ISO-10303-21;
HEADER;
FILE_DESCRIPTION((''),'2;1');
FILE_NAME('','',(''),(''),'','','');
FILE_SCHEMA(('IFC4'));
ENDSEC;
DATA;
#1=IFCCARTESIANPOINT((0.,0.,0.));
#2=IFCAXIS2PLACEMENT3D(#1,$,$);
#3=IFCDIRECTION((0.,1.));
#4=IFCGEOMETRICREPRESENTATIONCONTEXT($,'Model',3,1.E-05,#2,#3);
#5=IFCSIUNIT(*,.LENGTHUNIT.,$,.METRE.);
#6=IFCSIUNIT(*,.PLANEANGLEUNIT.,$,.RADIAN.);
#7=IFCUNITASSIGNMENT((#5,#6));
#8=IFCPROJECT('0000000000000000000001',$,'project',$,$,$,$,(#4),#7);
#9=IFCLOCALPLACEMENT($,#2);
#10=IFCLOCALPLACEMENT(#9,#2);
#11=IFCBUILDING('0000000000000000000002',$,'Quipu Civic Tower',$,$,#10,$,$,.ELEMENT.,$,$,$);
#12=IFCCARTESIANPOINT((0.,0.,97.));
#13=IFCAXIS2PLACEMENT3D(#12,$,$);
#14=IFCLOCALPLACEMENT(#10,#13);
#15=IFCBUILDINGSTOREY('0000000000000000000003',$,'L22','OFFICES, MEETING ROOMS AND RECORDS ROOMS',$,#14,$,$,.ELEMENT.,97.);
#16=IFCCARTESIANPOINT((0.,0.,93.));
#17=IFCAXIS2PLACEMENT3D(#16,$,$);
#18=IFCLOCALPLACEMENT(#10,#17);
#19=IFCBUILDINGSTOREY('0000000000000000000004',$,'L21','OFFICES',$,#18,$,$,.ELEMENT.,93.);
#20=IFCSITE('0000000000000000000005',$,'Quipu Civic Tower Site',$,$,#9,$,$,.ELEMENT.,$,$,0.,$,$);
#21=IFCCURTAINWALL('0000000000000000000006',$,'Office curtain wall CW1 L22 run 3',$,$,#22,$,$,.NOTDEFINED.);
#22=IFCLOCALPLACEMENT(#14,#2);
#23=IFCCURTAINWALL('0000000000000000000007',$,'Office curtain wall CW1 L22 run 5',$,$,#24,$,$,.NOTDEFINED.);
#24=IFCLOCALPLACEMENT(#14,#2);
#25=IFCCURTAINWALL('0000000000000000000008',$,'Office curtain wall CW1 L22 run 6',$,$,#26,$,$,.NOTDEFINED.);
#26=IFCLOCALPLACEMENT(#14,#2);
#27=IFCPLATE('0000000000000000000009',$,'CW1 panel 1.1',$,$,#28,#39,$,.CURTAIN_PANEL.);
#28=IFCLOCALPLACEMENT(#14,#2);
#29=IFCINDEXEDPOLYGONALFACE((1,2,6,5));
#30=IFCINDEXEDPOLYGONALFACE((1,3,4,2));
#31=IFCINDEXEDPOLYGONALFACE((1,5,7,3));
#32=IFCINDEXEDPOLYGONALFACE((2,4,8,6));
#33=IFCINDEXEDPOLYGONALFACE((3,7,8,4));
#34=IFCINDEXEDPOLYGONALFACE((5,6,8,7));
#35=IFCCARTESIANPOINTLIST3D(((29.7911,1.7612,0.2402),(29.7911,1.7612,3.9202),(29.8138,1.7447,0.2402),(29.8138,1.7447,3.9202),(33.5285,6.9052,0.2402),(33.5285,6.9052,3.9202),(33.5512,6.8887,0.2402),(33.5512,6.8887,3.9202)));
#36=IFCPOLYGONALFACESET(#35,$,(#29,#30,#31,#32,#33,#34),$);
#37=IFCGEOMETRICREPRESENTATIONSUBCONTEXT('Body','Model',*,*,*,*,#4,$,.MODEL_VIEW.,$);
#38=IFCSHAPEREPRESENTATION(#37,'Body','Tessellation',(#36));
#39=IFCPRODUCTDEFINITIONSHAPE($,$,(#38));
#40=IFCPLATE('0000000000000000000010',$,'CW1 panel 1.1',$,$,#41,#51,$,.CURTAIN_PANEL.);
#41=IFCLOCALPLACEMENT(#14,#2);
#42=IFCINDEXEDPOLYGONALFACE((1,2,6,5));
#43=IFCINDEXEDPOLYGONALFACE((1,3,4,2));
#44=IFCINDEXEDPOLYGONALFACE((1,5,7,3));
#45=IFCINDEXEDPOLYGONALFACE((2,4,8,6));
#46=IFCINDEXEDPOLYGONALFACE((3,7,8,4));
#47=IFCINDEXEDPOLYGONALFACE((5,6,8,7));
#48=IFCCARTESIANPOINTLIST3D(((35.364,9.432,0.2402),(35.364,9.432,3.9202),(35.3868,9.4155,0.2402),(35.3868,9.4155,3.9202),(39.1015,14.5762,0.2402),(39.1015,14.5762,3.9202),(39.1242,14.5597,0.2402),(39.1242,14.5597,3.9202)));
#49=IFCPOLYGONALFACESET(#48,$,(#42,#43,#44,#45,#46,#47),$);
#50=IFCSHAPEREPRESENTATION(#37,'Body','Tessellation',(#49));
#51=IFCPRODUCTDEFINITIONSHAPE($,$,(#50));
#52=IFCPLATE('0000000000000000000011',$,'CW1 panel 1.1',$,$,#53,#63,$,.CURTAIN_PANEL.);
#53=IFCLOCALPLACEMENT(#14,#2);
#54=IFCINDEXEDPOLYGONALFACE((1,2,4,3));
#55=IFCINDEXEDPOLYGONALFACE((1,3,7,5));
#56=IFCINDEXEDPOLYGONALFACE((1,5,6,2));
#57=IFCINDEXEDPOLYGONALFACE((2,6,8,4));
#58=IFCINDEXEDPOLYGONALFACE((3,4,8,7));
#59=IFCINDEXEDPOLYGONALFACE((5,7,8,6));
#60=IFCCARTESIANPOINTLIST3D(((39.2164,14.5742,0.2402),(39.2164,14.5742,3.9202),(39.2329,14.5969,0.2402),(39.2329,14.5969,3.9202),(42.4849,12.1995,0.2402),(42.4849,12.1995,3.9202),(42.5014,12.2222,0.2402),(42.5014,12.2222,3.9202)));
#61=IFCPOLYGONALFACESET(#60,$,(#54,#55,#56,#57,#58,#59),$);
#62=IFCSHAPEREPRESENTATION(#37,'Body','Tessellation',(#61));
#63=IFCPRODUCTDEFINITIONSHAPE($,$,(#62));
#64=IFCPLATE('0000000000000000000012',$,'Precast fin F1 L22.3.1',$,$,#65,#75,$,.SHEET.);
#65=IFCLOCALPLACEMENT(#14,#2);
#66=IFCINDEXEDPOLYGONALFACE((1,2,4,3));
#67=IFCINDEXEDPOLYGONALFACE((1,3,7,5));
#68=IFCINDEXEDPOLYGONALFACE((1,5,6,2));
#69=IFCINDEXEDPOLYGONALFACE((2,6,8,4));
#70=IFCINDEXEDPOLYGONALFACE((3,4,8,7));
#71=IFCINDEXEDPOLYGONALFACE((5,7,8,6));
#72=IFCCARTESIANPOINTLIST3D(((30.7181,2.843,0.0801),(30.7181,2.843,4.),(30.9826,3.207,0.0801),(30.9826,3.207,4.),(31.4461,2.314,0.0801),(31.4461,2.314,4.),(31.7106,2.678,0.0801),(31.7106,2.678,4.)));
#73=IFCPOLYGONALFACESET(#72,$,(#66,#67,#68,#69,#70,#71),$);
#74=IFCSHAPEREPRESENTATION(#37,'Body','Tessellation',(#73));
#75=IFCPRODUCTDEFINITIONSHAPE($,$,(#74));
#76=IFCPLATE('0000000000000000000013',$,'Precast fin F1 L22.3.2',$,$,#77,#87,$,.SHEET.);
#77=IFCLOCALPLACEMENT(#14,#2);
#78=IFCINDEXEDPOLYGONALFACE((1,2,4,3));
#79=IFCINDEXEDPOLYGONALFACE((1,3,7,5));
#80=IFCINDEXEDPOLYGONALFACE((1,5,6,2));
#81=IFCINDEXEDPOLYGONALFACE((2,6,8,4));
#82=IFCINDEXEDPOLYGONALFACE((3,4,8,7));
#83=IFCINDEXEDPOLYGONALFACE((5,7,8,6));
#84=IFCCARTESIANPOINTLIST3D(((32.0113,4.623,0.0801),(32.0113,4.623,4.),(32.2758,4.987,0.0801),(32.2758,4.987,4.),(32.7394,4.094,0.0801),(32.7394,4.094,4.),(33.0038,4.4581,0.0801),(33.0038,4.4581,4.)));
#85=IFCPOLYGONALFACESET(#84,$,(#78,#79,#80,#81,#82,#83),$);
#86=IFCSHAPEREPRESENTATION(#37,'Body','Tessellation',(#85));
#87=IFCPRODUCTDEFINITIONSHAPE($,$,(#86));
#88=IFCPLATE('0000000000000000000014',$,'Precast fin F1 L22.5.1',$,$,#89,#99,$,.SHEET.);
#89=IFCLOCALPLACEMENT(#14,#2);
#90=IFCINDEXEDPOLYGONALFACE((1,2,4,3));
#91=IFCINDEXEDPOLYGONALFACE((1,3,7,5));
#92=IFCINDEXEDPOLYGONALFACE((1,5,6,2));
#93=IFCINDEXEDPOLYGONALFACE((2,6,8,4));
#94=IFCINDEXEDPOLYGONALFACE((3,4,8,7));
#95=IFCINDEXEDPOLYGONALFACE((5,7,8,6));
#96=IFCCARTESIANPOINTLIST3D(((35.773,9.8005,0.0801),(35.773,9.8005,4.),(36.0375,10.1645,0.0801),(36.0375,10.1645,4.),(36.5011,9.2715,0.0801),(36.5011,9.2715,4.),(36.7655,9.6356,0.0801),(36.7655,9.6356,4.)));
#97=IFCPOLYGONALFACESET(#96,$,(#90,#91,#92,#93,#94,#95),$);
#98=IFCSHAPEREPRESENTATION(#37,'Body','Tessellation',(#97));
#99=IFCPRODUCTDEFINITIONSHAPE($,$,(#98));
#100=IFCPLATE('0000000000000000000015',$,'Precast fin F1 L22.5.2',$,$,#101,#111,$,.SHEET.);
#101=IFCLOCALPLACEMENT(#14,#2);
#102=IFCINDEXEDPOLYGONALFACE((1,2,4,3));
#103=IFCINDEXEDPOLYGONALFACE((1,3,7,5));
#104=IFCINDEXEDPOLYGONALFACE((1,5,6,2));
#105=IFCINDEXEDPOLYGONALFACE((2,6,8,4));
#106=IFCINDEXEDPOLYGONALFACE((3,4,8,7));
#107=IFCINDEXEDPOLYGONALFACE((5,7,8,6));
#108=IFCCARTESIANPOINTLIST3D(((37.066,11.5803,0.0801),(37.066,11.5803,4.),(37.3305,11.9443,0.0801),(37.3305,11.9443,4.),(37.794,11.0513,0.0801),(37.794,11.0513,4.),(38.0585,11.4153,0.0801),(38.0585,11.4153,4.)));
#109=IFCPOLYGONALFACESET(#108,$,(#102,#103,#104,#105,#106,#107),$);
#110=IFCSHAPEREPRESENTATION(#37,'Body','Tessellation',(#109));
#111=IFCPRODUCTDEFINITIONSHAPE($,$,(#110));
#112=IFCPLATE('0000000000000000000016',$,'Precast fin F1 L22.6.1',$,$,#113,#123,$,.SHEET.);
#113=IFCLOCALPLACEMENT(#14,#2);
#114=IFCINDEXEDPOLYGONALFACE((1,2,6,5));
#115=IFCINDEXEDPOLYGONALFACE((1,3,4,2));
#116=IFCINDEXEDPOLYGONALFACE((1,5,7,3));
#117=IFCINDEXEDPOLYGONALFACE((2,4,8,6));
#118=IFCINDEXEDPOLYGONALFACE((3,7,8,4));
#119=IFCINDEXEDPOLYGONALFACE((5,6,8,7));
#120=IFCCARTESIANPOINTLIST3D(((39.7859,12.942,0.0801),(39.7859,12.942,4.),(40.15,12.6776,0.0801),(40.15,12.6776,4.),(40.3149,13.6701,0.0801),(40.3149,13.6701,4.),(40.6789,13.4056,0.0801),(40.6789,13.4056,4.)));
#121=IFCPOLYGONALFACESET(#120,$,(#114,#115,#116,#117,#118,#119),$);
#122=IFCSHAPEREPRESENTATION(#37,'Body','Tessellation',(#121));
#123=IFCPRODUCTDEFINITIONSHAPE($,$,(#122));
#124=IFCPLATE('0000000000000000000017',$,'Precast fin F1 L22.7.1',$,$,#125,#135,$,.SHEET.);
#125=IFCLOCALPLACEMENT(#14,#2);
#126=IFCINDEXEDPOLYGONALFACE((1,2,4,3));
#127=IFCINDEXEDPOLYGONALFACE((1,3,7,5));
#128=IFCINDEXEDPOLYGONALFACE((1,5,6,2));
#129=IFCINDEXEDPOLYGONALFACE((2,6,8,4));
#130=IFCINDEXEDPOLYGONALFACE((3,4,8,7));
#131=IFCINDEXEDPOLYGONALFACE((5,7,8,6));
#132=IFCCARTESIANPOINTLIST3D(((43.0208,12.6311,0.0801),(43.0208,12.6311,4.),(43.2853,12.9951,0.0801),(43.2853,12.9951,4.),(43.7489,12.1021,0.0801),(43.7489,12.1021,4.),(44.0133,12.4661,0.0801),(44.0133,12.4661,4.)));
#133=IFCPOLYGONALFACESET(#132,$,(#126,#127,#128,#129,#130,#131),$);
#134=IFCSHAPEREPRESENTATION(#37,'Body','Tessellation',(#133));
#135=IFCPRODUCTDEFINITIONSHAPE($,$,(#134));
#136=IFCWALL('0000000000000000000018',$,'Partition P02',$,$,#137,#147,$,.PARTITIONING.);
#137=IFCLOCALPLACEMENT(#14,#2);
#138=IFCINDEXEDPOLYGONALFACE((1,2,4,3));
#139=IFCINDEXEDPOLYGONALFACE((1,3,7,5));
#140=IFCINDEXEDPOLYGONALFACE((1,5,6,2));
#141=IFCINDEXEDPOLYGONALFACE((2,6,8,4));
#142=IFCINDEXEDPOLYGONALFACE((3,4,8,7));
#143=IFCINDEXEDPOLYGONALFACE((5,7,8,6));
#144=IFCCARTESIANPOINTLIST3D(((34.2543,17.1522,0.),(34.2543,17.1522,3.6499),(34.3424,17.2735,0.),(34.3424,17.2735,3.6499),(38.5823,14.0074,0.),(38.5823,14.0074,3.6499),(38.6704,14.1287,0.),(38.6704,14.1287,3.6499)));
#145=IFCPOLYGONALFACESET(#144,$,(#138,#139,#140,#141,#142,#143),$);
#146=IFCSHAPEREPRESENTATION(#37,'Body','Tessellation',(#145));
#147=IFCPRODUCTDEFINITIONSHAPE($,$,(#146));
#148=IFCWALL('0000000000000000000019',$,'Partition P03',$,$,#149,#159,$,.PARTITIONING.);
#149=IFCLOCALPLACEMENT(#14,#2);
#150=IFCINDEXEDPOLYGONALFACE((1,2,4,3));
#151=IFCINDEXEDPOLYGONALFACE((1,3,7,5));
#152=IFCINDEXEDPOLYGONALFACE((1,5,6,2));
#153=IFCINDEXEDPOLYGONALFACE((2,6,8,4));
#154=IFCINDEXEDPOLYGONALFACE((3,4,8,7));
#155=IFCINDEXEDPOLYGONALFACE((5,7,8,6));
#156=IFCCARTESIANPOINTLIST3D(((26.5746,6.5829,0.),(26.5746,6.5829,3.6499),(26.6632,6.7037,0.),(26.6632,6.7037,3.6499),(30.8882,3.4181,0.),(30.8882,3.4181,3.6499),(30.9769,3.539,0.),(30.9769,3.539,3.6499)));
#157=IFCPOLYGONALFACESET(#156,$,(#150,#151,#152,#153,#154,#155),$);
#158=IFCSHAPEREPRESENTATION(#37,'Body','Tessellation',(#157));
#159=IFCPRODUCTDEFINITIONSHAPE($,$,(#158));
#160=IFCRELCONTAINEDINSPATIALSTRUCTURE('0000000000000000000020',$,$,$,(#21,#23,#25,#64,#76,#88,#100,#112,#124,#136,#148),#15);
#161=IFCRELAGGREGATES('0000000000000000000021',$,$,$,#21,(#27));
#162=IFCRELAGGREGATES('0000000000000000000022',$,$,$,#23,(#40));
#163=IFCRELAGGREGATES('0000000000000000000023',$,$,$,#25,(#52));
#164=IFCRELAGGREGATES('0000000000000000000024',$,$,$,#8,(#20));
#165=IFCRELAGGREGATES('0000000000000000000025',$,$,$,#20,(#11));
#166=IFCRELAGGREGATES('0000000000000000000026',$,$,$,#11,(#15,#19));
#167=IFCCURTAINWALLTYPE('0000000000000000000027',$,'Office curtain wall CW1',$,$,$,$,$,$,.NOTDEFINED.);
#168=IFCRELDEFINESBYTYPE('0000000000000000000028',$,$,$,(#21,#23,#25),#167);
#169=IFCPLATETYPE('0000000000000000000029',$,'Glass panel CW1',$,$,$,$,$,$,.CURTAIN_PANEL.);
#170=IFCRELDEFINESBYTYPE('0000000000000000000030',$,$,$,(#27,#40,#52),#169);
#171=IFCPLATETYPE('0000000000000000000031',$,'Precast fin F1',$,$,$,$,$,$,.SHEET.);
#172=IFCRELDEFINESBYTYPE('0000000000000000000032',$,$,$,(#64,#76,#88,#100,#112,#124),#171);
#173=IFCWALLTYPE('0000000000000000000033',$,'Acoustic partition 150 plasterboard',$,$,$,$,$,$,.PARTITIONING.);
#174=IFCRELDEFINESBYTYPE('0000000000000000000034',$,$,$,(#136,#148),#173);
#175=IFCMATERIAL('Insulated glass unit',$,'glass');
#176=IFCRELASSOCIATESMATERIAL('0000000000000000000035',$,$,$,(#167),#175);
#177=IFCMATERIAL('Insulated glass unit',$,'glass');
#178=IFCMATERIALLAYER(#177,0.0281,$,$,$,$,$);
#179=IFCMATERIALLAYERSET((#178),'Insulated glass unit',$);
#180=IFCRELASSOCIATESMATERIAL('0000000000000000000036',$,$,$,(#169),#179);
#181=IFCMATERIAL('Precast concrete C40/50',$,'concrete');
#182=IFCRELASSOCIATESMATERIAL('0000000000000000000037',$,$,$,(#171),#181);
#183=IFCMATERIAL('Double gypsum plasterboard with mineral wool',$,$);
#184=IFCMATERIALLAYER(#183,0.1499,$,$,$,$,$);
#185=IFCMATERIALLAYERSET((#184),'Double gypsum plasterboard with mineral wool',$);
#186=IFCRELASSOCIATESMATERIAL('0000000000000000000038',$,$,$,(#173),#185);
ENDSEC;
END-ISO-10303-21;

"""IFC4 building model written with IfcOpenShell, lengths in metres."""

from ifc_helpers import new_model, si_unit, direction, frame, frame_2d, origin, origin_2d, place, context, subcontext, project, spatial, rectangle, extrude, material, layer, layer_set, type_object, element, aggregate, save


model = new_model("IFC4")

# Units and contexts
model_context = context("Model", 3, precision=1e-05, world=origin(), true_north=direction((0.0, 1.0)))
body_context = subcontext(model_context, "Body", "Model", "MODEL_VIEW")
ifc_project = project(units=[si_unit("LENGTHUNIT", "METRE"), si_unit("PLANEANGLEUNIT", "RADIAN")], contexts=[model_context])

# Site, building, storey
site_placement = place(None, origin())
site = spatial("IfcSite", under=ifc_project, at=site_placement, Name="Quipu Civic Tower Site", CompositionType="ELEMENT", RefElevation=0.0)
building_placement = place(site_placement, origin())
building = spatial("IfcBuilding", under=site, at=building_placement, Name="Quipu Civic Tower", CompositionType="ELEMENT")
storey_1_placement = place(building_placement, frame((0.0, 0.0, 97.0)))
storey_1 = spatial("IfcBuildingStorey", under=building, at=storey_1_placement, Name="L22", Description="OFFICES, MEETING ROOMS AND RECORDS ROOMS", CompositionType="ELEMENT", Elevation=97.0)

# Curtain walls
ifc_material_1 = material(Name="Insulated glass unit", Category="glass")
curtain_wall_type = type_object("IfcCurtainWallType", Name="Office curtain wall CW1", PredefinedType="NOTDEFINED", material=ifc_material_1)
curtain_wall_1_placement = place(storey_1_placement, origin())
curtain_wall_1 = element("IfcCurtainWall", 1, at=curtain_wall_1_placement, inside=storey_1, type_object=curtain_wall_type, Name="Office curtain wall CW1 L22 run 3", PredefinedType="NOTDEFINED")
curtain_wall_2_placement = place(storey_1_placement, origin())
curtain_wall_2 = element("IfcCurtainWall", 2, at=curtain_wall_2_placement, inside=storey_1, type_object=curtain_wall_type, Name="Office curtain wall CW1 L22 run 5", PredefinedType="NOTDEFINED")
curtain_wall_3_placement = place(storey_1_placement, origin())
curtain_wall_3 = element("IfcCurtainWall", 3, at=curtain_wall_3_placement, inside=storey_1, type_object=curtain_wall_type, Name="Office curtain wall CW1 L22 run 6", PredefinedType="NOTDEFINED")

# Shared definitions
storey_2_placement = place(building_placement, frame((0.0, 0.0, 93.0)))
storey_2 = spatial("IfcBuildingStorey", under=building, at=storey_2_placement, Name="L21", Description="OFFICES", CompositionType="ELEMENT", Elevation=93.0)

# Plates
ifc_material_2 = material(Name="Insulated glass unit", Category="glass")
ifc_layer_1 = layer(ifc_material_2, 0.0281)
ifc_layer_set_1 = layer_set([ifc_layer_1], Name="Insulated glass unit")
plate_type_1 = type_object("IfcPlateType", Name="Glass panel CW1", PredefinedType="CURTAIN_PANEL", material=ifc_layer_set_1)
plate_1_placement = place(storey_1_placement, frame((31.6711, 4.325, 0.2402), z_axis=(0.0, 0.0, 1.0), x_axis=(0.587783, 0.809019, 0.0)))
plate_1 = element("IfcPlate", 4, at=plate_1_placement, type_object=plate_type_1, Name="CW1 panel 1.1", PredefinedType="CURTAIN_PANEL", context=body_context, shape_type="SweptSolid", body=[
    extrude(rectangle(XDim=6.3584, YDim=0.0281, at=origin_2d()), origin(), (0.0, 0.0, 1.0), 3.6799),
])
aggregate(curtain_wall_1, [plate_1])
plate_2_placement = place(storey_1_placement, frame((37.2441, 11.9958, 0.2402), z_axis=(0.0, 0.0, 1.0), x_axis=(0.587778, 0.809022, 0.0)))
plate_2 = element("IfcPlate", 5, at=plate_2_placement, type_object=plate_type_1, Name="CW1 panel 1.1", PredefinedType="CURTAIN_PANEL", context=body_context, shape_type="SweptSolid", body=[
    extrude(rectangle(XDim=6.3586, YDim=0.0281, at=origin_2d()), origin(), (0.0, 0.0, 1.0), 3.6799),
])
aggregate(curtain_wall_2, [plate_2])
plate_3_placement = place(storey_1_placement, frame((40.8589, 13.3982, 0.2402), z_axis=(0.0, 0.0, 1.0), x_axis=(0.809019, -0.587782, 0.0)))
plate_3 = element("IfcPlate", 6, at=plate_3_placement, type_object=plate_type_1, Name="CW1 panel 1.1", PredefinedType="CURTAIN_PANEL", context=body_context, shape_type="SweptSolid", body=[
    extrude(rectangle(XDim=4.04, YDim=0.0281, at=origin_2d()), origin(), (0.0, 0.0, 1.0), 3.6799),
])
aggregate(curtain_wall_3, [plate_3])

# Plates
ifc_material_3 = material(Name="Precast concrete C40/50", Category="concrete")
plate_type_2 = type_object("IfcPlateType", Name="Precast fin F1", PredefinedType="SHEET", material=ifc_material_3)
for number, where, z_axis, x_axis, name in (
    (7, (31.2144, 2.7605, 0.0801), (0.0, 0.0, 1.0), (0.587784, 0.809018, 0.0), "Precast fin F1 L22.3.1"),
    (8, (32.5076, 4.5405, 0.0801), (0.0, 0.0, 1.0), (0.587784, 0.809018, 0.0), "Precast fin F1 L22.3.2"),
    (9, (36.2693, 9.718, 0.0801), (0.0, 0.0, 1.0), (0.587784, 0.809018, 0.0), "Precast fin F1 L22.5.1"),
    (10, (37.5623, 11.4978, 0.0801), (0.0, 0.0, 1.0), (0.587784, 0.809018, 0.0), "Precast fin F1 L22.5.2"),
    (11, (40.2324, 13.1738, 0.0801), (0.0, 0.0, 1.0), (0.809019, -0.587782, 0.0), "Precast fin F1 L22.6.1"),
    (12, (43.5171, 12.5486, 0.0801), (0.0, 0.0, 1.0), (0.587788, 0.809015, 0.0), "Precast fin F1 L22.7.1"),
):
    element("IfcPlate", number, at=place(storey_1_placement, frame(where, z_axis=z_axis, x_axis=x_axis)), inside=storey_1, type_object=plate_type_2, Name=name, PredefinedType="SHEET", context=body_context, shape_type="SweptSolid", body=[
        extrude(rectangle(XDim=0.45, YDim=0.8999, at=origin_2d()), origin(), (0.0, 0.0, 1.0), 3.9199),
    ])

# Walls
ifc_material_4 = material(Name="Double gypsum plasterboard with mineral wool")
ifc_layer_2 = layer(ifc_material_4, 0.1499)
ifc_layer_set_2 = layer_set([ifc_layer_2], Name="Double gypsum plasterboard with mineral wool")
wall_type_1 = type_object("IfcWallType", Name="Acoustic partition 150 plasterboard", PredefinedType="PARTITIONING", material=ifc_layer_set_2)
wall_1_placement = place(storey_1_placement, frame((38.6262, 14.0681, 0.0), z_axis=(0.0, 0.0, 1.0), x_axis=(-0.808983, 0.587832, 0.0)))
element("IfcWall", 13, at=wall_1_placement, inside=storey_1, type_object=wall_type_1, Name="Partition P02", PredefinedType="PARTITIONING", context=body_context, shape_type="SweptSolid", body=[
    extrude(rectangle(XDim=5.3499, YDim=0.1499, at=frame_2d((2.6748, 0.0))), origin(), (0.0, 0.0, 1.0), 3.6499),
])
wall_2_placement = place(storey_1_placement, frame((26.6189, 6.6433, 0.0), z_axis=(0.0, 0.0, 1.0), x_axis=(0.80628, -0.591534, 0.0)))
element("IfcWall", 14, at=wall_2_placement, inside=storey_1, type_object=wall_type_1, Name="Partition P03", PredefinedType="PARTITIONING", context=body_context, shape_type="SweptSolid", body=[
    extrude(rectangle(XDim=5.3501, YDim=0.1499, at=frame_2d((2.675, 0.0))), origin(), (0.0, 0.0, 1.0), 3.6499),
])

save(model, "model.ifc")
